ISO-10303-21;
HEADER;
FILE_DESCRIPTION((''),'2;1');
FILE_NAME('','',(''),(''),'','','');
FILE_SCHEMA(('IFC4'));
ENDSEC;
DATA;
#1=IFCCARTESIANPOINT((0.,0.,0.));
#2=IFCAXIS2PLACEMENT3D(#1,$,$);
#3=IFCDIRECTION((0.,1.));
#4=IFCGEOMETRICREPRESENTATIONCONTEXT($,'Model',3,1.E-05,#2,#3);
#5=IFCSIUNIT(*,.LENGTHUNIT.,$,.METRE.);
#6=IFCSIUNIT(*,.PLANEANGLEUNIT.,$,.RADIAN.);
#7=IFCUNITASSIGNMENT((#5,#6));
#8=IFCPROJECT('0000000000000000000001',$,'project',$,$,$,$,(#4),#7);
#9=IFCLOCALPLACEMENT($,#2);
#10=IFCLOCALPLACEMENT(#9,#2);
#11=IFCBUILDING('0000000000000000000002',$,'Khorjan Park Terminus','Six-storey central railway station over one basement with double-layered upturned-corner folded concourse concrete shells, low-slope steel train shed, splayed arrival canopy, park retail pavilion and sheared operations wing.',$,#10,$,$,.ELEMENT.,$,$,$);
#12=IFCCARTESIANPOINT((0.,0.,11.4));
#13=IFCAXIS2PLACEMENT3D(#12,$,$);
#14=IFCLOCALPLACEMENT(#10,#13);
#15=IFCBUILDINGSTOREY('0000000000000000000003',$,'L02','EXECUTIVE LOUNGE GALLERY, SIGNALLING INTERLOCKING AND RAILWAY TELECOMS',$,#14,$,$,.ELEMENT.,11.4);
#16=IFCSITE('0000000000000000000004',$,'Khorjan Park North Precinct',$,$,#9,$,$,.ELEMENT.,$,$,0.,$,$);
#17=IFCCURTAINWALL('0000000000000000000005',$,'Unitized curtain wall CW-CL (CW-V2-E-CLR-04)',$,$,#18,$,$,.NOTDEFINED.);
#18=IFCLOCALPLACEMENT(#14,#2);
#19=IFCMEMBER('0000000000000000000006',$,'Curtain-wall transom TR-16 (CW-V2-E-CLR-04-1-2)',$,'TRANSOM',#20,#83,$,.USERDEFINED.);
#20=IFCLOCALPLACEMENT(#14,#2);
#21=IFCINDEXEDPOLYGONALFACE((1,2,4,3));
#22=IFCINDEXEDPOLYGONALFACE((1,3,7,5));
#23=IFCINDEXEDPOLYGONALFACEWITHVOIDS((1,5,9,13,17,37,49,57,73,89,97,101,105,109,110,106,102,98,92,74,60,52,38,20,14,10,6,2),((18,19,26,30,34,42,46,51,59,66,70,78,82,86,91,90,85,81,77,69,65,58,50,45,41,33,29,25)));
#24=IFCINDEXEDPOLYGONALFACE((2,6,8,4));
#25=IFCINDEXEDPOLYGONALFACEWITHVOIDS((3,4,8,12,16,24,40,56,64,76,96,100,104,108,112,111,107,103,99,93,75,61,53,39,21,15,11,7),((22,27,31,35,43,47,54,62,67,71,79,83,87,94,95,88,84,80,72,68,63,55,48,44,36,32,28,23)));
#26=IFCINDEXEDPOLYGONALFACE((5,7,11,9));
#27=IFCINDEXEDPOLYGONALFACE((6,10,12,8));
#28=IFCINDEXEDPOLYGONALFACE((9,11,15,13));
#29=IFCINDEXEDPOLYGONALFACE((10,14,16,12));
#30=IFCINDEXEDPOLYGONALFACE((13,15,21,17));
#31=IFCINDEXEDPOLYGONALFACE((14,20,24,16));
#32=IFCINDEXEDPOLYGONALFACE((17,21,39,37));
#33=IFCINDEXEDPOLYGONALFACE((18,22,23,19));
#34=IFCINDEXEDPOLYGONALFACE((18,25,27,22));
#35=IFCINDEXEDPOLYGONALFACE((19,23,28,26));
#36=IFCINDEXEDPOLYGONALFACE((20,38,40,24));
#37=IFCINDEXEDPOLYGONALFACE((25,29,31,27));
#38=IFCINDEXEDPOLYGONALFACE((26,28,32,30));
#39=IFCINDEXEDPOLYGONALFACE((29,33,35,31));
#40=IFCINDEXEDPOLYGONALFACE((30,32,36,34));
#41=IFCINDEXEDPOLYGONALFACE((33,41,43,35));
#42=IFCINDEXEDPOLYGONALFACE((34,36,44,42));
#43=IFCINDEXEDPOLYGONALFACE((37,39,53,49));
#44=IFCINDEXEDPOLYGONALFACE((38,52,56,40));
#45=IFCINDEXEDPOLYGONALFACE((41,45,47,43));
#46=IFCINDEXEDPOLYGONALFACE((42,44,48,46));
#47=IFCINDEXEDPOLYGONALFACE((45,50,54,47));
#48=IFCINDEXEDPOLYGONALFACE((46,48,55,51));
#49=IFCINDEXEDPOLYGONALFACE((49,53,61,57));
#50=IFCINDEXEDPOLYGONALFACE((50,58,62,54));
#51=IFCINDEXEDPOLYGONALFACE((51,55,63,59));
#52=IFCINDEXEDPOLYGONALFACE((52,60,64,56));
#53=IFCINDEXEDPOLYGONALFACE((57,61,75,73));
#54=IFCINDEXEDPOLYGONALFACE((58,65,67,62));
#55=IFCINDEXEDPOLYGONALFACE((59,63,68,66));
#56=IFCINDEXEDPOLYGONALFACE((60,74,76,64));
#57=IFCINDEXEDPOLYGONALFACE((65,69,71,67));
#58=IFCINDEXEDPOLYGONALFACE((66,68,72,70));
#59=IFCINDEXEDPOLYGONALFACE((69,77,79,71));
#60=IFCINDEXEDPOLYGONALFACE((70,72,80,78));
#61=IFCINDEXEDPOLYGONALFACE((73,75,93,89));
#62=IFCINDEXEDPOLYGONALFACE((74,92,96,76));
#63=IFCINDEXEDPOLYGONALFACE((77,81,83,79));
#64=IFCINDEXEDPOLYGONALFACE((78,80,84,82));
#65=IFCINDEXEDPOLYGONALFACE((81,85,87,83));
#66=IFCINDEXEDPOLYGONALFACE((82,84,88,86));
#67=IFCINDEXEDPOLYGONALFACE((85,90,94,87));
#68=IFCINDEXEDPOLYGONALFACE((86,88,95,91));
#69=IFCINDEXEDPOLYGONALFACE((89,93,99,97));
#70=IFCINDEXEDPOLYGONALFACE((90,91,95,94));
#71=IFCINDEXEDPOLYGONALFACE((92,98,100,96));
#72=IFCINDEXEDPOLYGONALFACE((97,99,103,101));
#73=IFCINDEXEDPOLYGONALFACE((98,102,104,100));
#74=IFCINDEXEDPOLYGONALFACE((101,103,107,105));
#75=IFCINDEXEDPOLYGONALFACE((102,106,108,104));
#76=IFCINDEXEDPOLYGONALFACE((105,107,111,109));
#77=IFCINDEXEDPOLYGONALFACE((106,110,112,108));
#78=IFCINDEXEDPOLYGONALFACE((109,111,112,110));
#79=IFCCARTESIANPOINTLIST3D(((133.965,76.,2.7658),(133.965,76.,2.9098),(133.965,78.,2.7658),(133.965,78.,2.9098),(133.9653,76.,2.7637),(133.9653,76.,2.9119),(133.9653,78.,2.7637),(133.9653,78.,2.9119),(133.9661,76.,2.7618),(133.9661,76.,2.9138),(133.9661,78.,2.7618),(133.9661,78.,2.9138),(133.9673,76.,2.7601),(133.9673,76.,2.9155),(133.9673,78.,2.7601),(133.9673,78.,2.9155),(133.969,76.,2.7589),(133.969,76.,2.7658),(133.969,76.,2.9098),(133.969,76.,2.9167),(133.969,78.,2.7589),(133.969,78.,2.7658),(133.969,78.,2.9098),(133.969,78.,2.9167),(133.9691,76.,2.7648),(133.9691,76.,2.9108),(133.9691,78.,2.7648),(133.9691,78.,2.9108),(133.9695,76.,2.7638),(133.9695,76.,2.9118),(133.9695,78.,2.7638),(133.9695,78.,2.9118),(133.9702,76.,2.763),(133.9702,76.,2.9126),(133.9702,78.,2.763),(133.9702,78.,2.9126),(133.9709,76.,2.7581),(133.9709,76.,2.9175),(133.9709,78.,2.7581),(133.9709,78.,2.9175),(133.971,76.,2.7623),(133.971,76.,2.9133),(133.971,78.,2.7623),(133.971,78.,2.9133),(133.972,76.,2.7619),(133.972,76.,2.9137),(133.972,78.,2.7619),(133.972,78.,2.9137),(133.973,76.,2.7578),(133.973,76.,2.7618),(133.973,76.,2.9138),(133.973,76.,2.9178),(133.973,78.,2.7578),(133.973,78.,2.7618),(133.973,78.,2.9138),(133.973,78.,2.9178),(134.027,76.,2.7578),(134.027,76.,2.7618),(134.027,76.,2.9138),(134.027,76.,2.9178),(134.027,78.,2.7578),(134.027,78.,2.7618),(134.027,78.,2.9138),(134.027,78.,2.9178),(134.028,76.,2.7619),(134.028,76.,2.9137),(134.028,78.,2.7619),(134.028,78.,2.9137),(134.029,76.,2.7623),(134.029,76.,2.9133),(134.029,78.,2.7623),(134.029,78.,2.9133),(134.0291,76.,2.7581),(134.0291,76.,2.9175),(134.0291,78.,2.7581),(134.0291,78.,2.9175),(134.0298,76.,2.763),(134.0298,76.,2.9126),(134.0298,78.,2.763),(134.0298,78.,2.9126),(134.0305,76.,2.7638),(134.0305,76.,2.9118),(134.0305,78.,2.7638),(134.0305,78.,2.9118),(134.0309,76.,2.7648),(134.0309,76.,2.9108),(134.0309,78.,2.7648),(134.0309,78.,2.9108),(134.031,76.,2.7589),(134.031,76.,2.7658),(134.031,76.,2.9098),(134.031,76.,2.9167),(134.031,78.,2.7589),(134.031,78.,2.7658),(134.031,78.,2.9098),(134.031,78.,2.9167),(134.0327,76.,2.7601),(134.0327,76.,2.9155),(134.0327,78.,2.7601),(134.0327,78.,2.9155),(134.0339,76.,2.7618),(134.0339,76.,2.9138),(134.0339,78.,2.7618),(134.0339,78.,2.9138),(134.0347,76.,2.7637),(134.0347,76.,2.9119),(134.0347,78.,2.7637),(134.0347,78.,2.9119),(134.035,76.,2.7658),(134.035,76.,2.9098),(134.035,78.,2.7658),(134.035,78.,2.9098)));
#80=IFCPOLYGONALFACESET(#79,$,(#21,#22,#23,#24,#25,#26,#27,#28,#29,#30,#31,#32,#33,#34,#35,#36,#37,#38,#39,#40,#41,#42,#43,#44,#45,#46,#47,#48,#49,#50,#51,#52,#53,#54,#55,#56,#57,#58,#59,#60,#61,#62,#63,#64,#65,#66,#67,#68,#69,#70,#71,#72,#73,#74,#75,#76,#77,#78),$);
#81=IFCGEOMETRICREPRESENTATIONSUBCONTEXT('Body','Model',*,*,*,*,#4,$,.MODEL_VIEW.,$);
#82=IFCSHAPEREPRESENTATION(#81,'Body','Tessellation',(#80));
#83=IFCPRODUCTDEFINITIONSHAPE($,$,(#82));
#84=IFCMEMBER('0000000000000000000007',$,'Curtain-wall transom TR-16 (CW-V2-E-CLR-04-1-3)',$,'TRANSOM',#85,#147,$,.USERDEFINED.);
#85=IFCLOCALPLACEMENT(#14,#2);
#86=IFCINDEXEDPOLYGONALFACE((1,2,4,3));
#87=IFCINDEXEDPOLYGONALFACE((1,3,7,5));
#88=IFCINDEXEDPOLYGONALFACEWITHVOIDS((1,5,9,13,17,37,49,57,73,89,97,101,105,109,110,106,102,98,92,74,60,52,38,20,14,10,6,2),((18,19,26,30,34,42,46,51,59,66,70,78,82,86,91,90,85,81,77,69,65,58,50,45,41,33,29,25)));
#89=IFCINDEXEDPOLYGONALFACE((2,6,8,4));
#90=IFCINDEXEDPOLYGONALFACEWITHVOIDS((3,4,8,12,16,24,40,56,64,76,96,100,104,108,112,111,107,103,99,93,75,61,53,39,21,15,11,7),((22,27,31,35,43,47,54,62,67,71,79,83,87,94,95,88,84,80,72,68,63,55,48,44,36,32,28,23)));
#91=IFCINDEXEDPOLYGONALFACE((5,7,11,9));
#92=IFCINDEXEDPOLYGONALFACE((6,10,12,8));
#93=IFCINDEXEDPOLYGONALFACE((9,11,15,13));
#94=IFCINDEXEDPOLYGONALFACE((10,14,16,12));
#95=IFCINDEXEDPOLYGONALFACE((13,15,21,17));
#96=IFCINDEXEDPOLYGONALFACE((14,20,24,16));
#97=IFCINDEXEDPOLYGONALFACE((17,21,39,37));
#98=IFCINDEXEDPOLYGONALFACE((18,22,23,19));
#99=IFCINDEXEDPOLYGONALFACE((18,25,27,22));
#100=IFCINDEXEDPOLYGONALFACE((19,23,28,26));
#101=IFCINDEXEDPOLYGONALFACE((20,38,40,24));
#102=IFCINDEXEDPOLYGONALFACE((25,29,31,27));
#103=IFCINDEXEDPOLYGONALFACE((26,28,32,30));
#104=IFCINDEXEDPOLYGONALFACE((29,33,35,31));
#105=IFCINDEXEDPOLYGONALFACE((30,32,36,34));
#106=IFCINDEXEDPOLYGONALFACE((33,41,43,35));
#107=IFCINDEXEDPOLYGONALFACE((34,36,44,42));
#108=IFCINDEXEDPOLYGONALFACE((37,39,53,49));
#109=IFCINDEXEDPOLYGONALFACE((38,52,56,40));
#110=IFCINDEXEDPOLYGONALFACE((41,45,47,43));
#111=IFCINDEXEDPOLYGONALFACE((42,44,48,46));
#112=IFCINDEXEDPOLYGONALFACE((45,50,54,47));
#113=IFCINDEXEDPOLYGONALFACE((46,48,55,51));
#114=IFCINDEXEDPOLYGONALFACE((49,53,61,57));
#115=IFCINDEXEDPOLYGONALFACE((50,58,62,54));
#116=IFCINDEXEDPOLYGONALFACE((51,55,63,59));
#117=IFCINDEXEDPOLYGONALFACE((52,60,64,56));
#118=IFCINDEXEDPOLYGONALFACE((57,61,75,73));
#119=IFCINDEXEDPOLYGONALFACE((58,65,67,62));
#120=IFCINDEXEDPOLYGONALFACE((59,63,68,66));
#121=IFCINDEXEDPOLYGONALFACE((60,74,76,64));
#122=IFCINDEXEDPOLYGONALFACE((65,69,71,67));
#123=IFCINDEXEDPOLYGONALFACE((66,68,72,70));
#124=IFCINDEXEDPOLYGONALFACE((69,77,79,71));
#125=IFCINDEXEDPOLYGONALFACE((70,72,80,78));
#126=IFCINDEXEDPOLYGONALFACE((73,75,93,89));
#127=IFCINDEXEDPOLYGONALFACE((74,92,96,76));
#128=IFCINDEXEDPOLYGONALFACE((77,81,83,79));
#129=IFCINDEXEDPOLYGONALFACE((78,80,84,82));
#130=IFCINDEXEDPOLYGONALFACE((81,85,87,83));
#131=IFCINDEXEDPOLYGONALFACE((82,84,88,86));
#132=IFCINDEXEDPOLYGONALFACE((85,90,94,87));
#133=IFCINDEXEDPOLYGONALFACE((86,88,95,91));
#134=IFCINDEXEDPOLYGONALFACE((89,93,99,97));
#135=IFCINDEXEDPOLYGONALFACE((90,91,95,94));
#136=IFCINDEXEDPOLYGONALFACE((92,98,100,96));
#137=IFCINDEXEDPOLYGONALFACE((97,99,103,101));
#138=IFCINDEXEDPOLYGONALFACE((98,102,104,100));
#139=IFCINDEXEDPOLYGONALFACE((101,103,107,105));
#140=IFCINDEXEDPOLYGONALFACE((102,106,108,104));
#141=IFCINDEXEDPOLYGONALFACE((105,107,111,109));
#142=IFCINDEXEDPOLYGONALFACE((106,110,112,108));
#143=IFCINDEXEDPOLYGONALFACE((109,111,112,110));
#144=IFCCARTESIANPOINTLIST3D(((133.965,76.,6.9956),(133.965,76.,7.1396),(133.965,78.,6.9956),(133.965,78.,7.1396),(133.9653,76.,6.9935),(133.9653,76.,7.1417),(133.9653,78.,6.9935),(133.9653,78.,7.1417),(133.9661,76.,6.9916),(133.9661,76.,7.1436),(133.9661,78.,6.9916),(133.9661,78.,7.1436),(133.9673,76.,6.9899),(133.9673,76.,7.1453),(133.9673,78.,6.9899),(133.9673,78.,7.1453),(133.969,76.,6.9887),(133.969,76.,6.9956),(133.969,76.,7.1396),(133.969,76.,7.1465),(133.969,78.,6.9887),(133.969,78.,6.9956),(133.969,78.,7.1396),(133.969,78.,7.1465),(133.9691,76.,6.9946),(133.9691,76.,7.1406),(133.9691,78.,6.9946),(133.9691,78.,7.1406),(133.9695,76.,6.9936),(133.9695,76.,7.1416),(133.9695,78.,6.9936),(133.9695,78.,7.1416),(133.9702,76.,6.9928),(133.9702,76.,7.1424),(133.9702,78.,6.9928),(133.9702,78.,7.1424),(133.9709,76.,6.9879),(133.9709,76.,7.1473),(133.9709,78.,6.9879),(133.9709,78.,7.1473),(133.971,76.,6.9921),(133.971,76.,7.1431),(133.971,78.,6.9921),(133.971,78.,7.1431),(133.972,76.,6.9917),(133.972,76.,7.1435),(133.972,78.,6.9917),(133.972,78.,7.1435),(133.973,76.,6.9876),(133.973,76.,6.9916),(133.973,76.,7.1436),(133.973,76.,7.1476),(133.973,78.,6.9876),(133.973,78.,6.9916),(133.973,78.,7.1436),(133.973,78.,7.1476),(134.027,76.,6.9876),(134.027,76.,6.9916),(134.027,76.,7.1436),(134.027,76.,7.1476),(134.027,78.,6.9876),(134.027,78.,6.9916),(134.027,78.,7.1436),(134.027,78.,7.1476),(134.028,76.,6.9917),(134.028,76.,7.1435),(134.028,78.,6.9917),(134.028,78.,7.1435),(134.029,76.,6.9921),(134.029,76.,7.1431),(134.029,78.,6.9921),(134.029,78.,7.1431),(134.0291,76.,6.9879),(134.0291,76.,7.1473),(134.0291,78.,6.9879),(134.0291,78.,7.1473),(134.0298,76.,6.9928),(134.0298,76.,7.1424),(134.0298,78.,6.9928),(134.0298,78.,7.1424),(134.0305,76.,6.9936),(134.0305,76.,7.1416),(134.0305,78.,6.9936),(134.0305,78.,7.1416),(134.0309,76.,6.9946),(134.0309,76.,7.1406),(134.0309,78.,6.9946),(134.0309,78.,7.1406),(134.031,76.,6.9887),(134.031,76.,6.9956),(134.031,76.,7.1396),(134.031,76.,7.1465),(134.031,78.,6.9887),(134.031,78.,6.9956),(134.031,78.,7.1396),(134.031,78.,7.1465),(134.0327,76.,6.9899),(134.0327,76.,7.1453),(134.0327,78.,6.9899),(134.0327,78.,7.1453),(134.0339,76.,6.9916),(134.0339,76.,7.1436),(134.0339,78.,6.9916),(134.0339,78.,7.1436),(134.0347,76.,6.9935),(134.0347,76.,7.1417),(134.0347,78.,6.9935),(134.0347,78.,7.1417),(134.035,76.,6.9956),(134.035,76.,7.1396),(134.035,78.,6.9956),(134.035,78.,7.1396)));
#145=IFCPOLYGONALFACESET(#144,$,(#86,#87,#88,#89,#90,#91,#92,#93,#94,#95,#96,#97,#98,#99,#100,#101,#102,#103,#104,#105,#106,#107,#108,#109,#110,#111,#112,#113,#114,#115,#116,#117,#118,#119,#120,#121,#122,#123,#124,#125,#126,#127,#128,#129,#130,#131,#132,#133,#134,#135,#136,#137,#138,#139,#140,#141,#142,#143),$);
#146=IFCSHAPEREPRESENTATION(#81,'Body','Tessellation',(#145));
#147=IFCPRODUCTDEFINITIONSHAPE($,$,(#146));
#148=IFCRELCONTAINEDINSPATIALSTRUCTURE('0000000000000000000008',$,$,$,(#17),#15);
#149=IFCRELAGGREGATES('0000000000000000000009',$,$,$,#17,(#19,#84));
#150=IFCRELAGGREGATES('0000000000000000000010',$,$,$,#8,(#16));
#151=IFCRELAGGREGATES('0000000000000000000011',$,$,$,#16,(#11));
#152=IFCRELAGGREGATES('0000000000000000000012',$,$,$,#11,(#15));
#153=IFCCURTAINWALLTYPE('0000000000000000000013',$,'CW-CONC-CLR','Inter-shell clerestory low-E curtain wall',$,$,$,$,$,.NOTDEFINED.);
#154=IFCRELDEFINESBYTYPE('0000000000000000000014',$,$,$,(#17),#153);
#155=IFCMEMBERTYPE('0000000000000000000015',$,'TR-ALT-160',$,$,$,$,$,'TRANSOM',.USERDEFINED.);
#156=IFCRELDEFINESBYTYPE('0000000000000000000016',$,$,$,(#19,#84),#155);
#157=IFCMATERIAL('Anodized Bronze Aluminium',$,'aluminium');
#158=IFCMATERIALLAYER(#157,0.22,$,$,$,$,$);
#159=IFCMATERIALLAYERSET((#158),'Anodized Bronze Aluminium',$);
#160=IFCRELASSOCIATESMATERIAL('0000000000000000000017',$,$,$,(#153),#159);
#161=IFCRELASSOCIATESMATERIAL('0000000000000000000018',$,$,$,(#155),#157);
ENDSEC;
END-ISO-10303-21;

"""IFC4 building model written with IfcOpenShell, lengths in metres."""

from ifc_helpers import new_model, si_unit, direction, frame, origin, origin_2d, place, context, subcontext, project, spatial, hollow_rectangle, extrude, material, layer, layer_set, material_profile, profile_set, type_object, element, aggregate, save


model = new_model("IFC4")

# Units and contexts
model_context = context("Model", 3, precision=1e-05, world=origin(), true_north=direction((0.0, 1.0)))
body_context = subcontext(model_context, "Body", "Model", "MODEL_VIEW")
ifc_project = project(units=[si_unit("LENGTHUNIT", "METRE"), si_unit("PLANEANGLEUNIT", "RADIAN")], contexts=[model_context])

# Site, building, storey
site_placement = place(None, origin())
site = spatial("IfcSite", under=ifc_project, at=site_placement, Name="Khorjan Park North Precinct", CompositionType="ELEMENT", RefElevation=0.0)
building_placement = place(site_placement, origin())
building = spatial("IfcBuilding", under=site, at=building_placement, Name="Khorjan Park Terminus", Description="Six-storey central railway station over one basement with double-layered upturned-corner folded concourse concrete shells, low-slope steel train shed, splayed arrival canopy, park retail pavilion and sheared operations wing.", CompositionType="ELEMENT")
storey_placement = place(building_placement, frame((0.0, 0.0, 11.4)))
storey = spatial("IfcBuildingStorey", under=building, at=storey_placement, Name="L02", Description="EXECUTIVE LOUNGE GALLERY, SIGNALLING INTERLOCKING AND RAILWAY TELECOMS", CompositionType="ELEMENT", Elevation=11.4)

# Curtain wall, members
ifc_material_1 = material(Name="Anodized Bronze Aluminium", Category="aluminium")
ifc_layer_1 = layer(ifc_material_1, 0.22)
ifc_layer_set_1 = layer_set([ifc_layer_1], Name="Anodized Bronze Aluminium")
curtain_wall_type = type_object("IfcCurtainWallType", Name="CW-CONC-CLR", Description="Inter-shell clerestory low-E curtain wall", PredefinedType="NOTDEFINED", material=ifc_layer_set_1)
curtain_wall_placement = place(storey_placement, origin())
curtain_wall = element("IfcCurtainWall", 1, at=curtain_wall_placement, inside=storey, type_object=curtain_wall_type, Name="Unitized curtain wall CW-CL (CW-V2-E-CLR-04)", PredefinedType="NOTDEFINED")
ifc_material_profile_1 = material_profile(ifc_material_1, hollow_rectangle(XDim=0.07, YDim=0.16, WallThickness=0.004, InnerFilletRadius=0.004, OuterFilletRadius=0.008, at=origin_2d()), Name="ALT 70x160x4")
ifc_profile_set_1 = profile_set([ifc_material_profile_1], Name="Anodized Bronze Aluminium")
member_type_1 = type_object("IfcMemberType", Name="TR-ALT-160", ElementType="TRANSOM", PredefinedType="USERDEFINED", material=ifc_profile_set_1)
member_1_placement = place(storey_placement, frame((134.0, 76.0, 2.8378), z_axis=(0.0, 1.0, 0.0), x_axis=(-1.0, 0.0, 0.0)))
member_1 = element("IfcMember", 2, at=member_1_placement, type_object=member_type_1, Name="Curtain-wall transom TR-16 (CW-V2-E-CLR-04-1-2)", ObjectType="TRANSOM", PredefinedType="USERDEFINED", context=body_context, shape_type="SweptSolid", body=[
    extrude(hollow_rectangle(XDim=0.07, YDim=0.16, WallThickness=0.004, InnerFilletRadius=0.004, OuterFilletRadius=0.008, at=origin_2d()), origin(), (0.0, 0.0, 1.0), 2.0),
])
member_2_placement = place(storey_placement, frame((134.0, 76.0, 7.0676), z_axis=(0.0, 1.0, 0.0), x_axis=(-1.0, 0.0, 0.0)))
member_2 = element("IfcMember", 3, at=member_2_placement, type_object=member_type_1, Name="Curtain-wall transom TR-16 (CW-V2-E-CLR-04-1-3)", ObjectType="TRANSOM", PredefinedType="USERDEFINED", context=body_context, shape_type="SweptSolid", body=[
    extrude(hollow_rectangle(XDim=0.07, YDim=0.16, WallThickness=0.004, InnerFilletRadius=0.004, OuterFilletRadius=0.008, at=origin_2d()), origin(), (0.0, 0.0, 1.0), 2.0),
])

aggregate(curtain_wall, [member_1, member_2])

save(model, "model.ifc")
